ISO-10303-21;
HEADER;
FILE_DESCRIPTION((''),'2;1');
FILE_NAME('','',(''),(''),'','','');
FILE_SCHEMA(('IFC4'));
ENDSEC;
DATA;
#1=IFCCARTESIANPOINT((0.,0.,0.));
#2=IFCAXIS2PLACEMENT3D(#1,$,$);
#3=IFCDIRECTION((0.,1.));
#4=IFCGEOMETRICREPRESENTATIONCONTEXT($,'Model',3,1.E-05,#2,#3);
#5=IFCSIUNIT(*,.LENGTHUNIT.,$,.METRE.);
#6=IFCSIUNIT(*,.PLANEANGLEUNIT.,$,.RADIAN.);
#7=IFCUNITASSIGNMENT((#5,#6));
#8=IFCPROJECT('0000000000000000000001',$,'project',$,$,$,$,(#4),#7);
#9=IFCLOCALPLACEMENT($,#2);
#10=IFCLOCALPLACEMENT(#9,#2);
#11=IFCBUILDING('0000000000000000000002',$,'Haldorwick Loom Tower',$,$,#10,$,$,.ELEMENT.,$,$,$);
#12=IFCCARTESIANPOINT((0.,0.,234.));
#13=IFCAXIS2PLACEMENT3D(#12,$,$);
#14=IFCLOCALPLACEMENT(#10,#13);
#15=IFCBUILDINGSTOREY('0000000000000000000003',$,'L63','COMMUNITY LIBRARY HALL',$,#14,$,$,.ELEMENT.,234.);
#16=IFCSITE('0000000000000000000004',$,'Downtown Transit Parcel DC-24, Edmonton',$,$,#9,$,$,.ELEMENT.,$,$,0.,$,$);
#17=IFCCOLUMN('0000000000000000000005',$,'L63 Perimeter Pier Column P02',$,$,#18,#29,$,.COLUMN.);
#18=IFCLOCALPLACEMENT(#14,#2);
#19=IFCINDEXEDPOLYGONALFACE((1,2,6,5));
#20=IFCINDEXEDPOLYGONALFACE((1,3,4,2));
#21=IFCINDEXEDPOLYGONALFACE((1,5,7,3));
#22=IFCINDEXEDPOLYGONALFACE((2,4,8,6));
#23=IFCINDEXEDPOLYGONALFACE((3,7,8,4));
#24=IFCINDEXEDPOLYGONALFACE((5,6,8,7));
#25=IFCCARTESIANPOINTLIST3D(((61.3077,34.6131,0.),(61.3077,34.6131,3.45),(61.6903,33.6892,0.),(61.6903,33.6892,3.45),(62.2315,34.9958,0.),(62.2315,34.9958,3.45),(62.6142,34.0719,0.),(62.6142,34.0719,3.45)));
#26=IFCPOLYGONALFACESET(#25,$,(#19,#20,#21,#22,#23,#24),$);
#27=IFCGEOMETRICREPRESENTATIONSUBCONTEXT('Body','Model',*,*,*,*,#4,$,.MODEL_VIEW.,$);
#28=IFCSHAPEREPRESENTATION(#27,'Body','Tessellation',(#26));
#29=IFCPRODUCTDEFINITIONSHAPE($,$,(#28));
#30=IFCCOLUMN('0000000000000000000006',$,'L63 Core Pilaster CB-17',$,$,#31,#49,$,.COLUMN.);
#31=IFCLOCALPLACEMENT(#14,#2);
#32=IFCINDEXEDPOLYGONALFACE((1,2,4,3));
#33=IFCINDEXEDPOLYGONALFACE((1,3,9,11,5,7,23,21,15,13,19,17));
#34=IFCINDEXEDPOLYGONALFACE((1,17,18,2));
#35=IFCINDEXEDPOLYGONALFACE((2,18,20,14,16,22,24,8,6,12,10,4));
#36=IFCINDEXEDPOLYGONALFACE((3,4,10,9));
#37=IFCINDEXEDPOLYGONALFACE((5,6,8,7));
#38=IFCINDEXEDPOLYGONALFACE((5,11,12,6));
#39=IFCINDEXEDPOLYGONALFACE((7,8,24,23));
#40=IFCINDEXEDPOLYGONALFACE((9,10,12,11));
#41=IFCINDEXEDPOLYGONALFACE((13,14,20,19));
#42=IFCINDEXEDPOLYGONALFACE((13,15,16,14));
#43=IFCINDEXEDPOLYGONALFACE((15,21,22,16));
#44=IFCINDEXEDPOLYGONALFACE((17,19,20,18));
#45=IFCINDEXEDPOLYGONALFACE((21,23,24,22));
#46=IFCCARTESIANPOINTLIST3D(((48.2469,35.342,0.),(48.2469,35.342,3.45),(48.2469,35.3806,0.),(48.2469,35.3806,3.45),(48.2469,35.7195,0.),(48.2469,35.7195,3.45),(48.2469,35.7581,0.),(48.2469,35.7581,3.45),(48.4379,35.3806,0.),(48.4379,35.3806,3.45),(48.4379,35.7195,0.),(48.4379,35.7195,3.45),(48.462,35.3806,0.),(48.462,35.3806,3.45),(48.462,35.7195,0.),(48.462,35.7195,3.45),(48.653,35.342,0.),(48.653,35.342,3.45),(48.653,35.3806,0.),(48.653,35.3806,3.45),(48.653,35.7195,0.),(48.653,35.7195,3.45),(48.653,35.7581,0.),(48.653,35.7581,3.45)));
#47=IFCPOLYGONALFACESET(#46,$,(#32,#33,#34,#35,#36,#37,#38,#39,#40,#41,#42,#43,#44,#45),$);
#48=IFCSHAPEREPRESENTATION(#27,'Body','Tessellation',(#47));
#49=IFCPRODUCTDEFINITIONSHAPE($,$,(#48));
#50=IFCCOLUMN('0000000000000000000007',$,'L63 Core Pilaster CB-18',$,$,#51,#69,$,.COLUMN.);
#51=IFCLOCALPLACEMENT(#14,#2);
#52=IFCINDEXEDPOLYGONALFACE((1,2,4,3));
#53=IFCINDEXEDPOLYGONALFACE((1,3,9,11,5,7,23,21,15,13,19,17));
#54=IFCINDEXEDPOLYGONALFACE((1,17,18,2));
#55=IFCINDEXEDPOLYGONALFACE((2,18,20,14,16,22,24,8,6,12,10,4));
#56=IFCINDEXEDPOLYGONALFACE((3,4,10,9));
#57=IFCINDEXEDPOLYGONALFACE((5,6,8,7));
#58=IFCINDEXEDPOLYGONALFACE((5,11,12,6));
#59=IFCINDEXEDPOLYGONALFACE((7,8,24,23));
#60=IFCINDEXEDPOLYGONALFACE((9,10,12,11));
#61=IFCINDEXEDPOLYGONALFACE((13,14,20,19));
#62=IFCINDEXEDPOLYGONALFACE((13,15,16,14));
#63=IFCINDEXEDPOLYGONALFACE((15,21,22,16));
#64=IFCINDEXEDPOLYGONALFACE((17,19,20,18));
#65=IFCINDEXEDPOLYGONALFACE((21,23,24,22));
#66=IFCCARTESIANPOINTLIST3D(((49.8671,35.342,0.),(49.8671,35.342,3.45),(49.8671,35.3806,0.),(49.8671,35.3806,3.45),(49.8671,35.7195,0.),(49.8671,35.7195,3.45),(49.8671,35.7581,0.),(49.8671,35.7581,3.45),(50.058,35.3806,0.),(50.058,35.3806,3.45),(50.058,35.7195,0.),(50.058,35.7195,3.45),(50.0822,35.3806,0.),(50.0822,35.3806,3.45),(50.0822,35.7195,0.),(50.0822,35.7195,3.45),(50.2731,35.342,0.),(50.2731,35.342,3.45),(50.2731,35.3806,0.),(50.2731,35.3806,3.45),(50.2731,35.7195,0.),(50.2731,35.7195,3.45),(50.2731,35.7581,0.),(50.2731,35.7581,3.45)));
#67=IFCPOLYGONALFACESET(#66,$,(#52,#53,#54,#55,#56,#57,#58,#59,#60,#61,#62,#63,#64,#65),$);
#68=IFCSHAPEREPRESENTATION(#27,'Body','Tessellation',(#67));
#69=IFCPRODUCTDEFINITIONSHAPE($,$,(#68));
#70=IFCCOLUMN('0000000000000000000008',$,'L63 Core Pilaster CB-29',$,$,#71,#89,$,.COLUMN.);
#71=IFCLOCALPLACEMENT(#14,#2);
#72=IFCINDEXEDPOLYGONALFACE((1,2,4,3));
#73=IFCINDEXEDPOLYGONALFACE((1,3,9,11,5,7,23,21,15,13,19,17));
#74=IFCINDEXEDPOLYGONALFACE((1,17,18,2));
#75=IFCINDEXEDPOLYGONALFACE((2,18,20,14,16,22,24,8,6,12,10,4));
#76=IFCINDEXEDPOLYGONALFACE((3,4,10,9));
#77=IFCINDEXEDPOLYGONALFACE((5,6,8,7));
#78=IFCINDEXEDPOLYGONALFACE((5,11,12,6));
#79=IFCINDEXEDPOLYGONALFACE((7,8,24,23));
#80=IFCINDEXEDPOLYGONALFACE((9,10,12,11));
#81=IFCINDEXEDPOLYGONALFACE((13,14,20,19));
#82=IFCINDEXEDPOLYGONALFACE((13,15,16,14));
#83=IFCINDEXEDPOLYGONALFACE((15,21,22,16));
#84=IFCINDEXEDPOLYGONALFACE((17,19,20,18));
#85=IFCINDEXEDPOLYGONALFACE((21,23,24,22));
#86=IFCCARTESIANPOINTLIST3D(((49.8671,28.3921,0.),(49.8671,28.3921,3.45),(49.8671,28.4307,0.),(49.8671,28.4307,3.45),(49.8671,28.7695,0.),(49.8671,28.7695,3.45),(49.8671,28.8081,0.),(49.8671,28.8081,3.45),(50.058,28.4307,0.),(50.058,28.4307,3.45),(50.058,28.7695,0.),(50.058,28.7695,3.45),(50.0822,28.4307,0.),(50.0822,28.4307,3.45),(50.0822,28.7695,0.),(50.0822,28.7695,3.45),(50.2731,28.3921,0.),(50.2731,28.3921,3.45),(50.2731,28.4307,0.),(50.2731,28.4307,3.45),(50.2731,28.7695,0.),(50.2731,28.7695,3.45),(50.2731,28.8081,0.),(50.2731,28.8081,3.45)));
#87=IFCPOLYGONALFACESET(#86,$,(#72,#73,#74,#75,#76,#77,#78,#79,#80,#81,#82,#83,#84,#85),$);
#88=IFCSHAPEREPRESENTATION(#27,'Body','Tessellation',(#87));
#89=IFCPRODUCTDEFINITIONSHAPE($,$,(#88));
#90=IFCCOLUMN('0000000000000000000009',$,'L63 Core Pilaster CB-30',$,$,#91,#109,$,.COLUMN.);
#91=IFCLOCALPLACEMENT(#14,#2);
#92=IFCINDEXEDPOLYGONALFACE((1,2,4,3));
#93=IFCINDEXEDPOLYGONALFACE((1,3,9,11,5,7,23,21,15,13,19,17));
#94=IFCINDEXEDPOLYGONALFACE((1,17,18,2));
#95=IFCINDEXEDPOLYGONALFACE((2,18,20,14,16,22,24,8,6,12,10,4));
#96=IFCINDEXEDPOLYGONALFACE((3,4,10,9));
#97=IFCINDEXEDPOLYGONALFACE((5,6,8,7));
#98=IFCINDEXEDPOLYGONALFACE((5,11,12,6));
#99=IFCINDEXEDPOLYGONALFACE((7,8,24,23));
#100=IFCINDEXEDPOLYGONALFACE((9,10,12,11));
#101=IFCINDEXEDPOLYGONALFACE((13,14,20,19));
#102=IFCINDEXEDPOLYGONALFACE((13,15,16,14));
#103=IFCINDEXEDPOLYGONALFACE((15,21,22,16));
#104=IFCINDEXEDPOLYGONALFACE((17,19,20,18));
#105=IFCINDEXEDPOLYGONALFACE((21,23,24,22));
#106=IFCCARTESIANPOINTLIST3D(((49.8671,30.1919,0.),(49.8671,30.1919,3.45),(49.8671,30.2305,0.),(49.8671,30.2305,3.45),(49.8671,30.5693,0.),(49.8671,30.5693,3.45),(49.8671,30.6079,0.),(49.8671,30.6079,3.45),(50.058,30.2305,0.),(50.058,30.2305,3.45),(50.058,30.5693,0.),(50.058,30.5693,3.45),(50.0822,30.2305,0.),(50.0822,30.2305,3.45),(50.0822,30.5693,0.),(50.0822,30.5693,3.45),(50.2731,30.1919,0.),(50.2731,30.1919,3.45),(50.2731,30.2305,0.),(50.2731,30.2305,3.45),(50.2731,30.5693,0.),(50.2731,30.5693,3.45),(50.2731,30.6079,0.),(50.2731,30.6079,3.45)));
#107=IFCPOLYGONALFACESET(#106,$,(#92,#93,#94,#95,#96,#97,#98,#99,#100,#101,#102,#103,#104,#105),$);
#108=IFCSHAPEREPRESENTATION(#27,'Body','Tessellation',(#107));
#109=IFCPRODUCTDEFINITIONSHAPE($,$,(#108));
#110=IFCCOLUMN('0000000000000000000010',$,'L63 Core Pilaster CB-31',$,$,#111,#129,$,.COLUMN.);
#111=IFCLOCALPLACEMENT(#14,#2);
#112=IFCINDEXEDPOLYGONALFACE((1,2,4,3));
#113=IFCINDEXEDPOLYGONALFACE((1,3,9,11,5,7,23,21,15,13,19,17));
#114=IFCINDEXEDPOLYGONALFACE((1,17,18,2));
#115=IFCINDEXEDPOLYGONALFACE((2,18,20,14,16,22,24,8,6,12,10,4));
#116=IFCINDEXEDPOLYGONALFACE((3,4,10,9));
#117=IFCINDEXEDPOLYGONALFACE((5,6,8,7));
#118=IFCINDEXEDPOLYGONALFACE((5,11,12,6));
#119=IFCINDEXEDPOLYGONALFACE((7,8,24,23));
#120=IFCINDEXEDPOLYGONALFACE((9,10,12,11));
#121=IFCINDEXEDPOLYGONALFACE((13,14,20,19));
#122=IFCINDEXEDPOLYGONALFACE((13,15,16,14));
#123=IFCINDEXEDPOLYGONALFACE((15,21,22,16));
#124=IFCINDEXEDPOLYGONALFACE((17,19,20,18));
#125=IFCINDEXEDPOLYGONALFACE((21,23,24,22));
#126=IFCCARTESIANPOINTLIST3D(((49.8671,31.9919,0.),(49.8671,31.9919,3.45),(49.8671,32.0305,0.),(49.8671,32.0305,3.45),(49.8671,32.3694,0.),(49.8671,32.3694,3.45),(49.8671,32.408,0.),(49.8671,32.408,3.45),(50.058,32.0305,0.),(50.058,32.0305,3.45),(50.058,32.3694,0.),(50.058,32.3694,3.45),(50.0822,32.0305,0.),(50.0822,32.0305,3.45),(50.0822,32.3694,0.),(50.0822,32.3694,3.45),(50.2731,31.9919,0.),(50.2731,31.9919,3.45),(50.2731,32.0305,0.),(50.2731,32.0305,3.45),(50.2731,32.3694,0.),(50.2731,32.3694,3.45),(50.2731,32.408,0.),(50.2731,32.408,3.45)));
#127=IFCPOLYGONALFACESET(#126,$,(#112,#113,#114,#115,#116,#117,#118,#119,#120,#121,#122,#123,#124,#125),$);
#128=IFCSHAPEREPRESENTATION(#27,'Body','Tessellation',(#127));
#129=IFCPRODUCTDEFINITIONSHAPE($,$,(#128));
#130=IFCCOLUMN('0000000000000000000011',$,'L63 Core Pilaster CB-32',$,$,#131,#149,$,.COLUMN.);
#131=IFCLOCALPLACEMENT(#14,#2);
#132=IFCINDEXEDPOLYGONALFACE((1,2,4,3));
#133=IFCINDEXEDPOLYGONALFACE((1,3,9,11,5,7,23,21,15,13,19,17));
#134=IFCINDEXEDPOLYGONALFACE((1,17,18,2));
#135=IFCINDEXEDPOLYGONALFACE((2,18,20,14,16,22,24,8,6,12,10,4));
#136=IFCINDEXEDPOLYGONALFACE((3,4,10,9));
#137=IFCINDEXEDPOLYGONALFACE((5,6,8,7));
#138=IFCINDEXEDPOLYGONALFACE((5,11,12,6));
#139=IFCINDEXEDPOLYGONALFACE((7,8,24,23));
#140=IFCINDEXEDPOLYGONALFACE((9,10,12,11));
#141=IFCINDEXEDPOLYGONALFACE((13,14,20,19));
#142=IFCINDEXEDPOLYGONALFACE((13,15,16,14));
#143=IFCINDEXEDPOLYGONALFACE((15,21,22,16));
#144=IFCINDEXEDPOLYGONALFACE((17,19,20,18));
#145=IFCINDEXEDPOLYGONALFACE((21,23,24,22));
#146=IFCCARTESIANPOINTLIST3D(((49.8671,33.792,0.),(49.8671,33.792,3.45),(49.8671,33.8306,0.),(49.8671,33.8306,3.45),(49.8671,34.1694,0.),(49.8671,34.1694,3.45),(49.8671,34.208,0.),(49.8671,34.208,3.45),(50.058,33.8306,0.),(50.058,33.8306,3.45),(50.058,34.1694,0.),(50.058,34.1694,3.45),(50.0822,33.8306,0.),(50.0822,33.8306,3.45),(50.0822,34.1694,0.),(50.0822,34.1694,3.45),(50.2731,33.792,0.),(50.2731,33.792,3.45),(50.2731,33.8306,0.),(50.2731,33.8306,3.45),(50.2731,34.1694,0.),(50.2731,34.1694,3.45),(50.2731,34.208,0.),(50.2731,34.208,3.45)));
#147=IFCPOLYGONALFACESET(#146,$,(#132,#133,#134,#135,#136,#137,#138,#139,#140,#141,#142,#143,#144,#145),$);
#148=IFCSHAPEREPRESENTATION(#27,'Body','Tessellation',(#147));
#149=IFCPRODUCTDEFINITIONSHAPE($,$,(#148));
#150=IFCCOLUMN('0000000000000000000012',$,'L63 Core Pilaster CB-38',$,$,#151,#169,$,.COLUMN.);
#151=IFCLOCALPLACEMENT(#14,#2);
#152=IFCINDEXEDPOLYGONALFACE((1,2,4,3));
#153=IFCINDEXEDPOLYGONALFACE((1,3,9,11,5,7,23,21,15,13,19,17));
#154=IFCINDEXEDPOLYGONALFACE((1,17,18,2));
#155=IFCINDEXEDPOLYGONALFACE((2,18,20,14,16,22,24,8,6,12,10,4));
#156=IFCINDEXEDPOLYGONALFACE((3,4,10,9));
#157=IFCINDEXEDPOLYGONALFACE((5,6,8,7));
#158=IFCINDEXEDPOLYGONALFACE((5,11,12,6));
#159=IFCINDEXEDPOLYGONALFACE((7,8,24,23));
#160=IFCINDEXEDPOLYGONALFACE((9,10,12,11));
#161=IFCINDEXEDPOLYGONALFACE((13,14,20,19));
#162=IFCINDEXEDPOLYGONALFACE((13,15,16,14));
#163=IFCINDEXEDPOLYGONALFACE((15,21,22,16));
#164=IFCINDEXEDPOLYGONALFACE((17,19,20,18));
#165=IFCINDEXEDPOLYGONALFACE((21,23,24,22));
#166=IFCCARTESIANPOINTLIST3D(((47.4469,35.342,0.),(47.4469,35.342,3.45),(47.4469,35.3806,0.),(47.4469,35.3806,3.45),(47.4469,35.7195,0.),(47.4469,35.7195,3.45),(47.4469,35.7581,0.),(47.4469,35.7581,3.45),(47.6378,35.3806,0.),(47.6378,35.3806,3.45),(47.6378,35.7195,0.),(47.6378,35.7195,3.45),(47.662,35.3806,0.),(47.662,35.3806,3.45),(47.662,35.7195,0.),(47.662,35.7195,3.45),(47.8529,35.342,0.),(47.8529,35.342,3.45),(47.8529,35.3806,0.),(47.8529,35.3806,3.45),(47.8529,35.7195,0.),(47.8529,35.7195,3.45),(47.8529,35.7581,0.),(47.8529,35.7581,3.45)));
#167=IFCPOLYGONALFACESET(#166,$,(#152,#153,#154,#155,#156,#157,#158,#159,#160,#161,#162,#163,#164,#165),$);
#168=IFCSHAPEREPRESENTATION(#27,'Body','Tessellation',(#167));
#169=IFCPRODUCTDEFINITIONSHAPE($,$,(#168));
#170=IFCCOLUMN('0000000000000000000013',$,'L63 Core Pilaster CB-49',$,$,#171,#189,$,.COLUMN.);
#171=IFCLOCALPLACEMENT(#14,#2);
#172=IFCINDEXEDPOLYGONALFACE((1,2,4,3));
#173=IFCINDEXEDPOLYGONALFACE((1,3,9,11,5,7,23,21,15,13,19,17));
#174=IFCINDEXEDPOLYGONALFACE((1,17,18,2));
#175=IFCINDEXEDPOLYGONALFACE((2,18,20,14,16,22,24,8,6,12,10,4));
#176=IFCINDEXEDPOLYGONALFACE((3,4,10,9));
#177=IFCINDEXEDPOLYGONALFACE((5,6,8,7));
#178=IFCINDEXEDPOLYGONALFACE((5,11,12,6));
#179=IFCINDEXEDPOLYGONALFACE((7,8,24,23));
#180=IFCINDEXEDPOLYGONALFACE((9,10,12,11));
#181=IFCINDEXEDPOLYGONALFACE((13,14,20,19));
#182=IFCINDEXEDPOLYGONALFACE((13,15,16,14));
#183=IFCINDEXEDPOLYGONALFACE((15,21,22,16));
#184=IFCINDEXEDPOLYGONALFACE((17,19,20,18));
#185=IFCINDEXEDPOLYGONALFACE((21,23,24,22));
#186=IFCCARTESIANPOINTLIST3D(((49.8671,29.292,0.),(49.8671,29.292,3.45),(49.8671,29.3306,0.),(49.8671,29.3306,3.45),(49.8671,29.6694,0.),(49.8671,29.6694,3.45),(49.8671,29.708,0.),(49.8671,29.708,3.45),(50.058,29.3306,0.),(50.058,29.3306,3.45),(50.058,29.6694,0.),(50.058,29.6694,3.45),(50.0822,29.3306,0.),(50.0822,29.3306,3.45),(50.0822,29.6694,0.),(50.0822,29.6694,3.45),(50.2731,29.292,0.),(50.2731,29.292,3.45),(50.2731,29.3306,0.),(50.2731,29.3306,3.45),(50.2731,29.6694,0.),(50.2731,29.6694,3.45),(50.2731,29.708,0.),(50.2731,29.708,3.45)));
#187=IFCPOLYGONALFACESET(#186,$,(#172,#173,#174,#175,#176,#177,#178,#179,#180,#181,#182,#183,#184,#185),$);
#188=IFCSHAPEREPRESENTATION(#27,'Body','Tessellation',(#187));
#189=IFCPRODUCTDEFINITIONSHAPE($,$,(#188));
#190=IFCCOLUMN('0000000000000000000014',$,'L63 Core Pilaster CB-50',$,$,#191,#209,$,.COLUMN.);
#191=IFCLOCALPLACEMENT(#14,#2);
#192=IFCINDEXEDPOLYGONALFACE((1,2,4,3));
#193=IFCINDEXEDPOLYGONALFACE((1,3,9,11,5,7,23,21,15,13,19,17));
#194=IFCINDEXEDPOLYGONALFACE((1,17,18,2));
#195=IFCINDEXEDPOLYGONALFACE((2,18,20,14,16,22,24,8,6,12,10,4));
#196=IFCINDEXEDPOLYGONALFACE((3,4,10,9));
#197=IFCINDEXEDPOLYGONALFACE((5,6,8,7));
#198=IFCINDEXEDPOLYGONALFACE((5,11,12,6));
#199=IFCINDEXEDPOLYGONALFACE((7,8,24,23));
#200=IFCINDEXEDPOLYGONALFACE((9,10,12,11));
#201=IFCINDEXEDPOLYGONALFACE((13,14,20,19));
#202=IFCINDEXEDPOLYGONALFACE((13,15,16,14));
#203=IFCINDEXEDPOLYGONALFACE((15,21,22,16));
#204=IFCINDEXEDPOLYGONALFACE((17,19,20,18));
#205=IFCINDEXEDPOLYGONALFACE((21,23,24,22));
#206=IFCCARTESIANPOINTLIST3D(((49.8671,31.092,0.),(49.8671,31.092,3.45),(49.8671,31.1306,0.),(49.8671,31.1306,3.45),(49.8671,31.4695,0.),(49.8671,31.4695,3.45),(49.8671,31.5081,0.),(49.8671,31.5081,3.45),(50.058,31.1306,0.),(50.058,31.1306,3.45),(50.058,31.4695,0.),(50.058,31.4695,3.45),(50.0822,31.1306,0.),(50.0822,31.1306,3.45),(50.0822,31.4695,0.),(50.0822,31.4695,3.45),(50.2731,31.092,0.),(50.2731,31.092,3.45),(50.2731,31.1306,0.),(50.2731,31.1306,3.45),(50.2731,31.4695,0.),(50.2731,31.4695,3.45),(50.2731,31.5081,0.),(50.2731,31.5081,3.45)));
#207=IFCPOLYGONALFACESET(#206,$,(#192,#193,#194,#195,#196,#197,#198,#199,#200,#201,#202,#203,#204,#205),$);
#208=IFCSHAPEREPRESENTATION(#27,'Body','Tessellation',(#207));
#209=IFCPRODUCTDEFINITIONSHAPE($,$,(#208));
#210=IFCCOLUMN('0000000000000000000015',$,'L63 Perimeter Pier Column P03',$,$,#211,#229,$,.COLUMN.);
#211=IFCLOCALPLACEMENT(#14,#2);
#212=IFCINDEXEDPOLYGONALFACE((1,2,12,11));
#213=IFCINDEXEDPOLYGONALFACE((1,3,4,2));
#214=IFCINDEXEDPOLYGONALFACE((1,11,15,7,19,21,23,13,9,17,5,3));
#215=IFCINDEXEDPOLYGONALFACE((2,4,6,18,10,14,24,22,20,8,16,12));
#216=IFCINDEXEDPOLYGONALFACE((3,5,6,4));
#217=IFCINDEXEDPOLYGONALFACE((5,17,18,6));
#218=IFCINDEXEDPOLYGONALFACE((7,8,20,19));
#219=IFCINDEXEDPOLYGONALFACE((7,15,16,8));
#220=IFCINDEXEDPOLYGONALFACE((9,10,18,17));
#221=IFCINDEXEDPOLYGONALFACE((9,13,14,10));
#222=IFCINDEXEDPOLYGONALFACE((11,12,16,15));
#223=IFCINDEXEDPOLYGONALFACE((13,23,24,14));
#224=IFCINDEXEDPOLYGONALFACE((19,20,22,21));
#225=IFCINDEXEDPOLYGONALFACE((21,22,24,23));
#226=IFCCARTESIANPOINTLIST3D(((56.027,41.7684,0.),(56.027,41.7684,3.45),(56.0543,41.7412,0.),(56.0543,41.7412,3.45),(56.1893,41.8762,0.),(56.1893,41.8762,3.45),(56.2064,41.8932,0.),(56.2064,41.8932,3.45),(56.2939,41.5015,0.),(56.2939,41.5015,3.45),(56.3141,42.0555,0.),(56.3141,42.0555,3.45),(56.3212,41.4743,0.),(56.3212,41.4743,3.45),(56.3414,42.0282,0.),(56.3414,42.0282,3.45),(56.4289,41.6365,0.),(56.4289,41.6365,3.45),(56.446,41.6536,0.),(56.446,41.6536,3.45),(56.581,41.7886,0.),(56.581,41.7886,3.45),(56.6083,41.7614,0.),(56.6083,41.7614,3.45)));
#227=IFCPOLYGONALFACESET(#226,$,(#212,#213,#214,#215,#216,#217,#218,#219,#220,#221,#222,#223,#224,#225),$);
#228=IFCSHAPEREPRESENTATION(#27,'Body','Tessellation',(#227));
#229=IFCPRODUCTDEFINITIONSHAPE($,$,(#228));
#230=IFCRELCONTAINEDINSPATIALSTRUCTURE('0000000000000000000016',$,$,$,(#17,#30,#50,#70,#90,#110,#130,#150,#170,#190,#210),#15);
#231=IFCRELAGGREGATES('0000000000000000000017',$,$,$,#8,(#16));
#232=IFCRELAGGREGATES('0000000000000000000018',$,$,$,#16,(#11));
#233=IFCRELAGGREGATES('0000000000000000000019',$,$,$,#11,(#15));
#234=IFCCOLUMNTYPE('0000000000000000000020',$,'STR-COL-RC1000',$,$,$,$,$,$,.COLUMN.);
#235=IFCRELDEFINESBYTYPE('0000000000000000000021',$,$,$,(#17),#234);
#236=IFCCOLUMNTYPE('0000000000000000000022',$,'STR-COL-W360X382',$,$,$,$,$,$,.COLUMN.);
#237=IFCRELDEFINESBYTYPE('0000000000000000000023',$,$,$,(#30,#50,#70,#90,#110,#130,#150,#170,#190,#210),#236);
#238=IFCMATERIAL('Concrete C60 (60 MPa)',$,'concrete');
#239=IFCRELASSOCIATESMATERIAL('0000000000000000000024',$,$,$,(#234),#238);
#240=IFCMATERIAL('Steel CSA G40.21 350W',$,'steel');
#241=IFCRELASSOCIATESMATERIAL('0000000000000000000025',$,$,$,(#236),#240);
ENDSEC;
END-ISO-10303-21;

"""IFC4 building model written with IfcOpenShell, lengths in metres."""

from ifc_helpers import new_model, si_unit, direction, frame, origin, origin_2d, place, context, subcontext, project, spatial, rectangle, i_section, extrude, material, material_profile, profile_set, type_object, element, save


model = new_model("IFC4")

# Units and contexts
model_context = context("Model", 3, precision=1e-05, world=origin(), true_north=direction((0.0, 1.0)))
body_context = subcontext(model_context, "Body", "Model", "MODEL_VIEW")
ifc_project = project(units=[si_unit("LENGTHUNIT", "METRE"), si_unit("PLANEANGLEUNIT", "RADIAN")], contexts=[model_context])

# Site, building, storey
site_placement = place(None, origin())
site = spatial("IfcSite", under=ifc_project, at=site_placement, Name="Downtown Transit Parcel DC-24, Edmonton", CompositionType="ELEMENT", RefElevation=0.0)
building_placement = place(site_placement, origin())
building = spatial("IfcBuilding", under=site, at=building_placement, Name="Haldorwick Loom Tower", CompositionType="ELEMENT")
storey_placement = place(building_placement, frame((0.0, 0.0, 234.0)))
storey = spatial("IfcBuildingStorey", under=building, at=storey_placement, Name="L63", Description="COMMUNITY LIBRARY HALL", CompositionType="ELEMENT", Elevation=234.0)

# Columns
ifc_material_1 = material(Name="Concrete C60 (60 MPa)", Category="concrete")
ifc_material_profile_1 = material_profile(ifc_material_1, rectangle(XDim=1.0, YDim=1.0, at=origin_2d()), Name="RC1000X1000", Category="concrete")
ifc_profile_set_1 = profile_set([ifc_material_profile_1], Name="Concrete C60 (60 MPa)")
column_type_1 = type_object("IfcColumnType", Name="STR-COL-RC1000", PredefinedType="COLUMN", material=ifc_profile_set_1)
column_placement = place(storey_placement, frame((61.9609, 34.3425, 0.0), z_axis=(0.0, 0.0, 1.0), x_axis=(0.92388, 0.382683, 0.0)))
element("IfcColumn", 1, at=column_placement, inside=storey, type_object=column_type_1, Name="L63 Perimeter Pier Column P02", PredefinedType="COLUMN", context=body_context, shape_type="SweptSolid", body=[
    extrude(rectangle(XDim=1.0, YDim=1.0, at=origin_2d()), origin(), (0.0, 0.0, 1.0), 3.45),
])
ifc_material_2 = material(Name="Steel CSA G40.21 350W", Category="steel")
ifc_material_profile_2 = material_profile(ifc_material_2, i_section(OverallWidth=0.406, OverallDepth=0.416, WebThickness=0.0242, FlangeThickness=0.0386, at=origin_2d()), Name="W360X382", Category="steel")
ifc_profile_set_2 = profile_set([ifc_material_profile_2], Name="Steel CSA G40.21 350W")
column_type_2 = type_object("IfcColumnType", Name="STR-COL-W360X382", PredefinedType="COLUMN", material=ifc_profile_set_2)
for number, where, z_axis, x_axis, name in (
    (2, (48.45, 35.55, 0.0), (0.0, 0.0, 1.0), (1.0, 0.0, 0.0), "L63 Core Pilaster CB-17"),
    (3, (50.0701, 35.55, 0.0), (0.0, 0.0, 1.0), (1.0, 0.0, 0.0), "L63 Core Pilaster CB-18"),
    (4, (50.0701, 28.6001, 0.0), (0.0, 0.0, 1.0), (1.0, 0.0, 0.0), "L63 Core Pilaster CB-29"),
    (5, (50.0701, 30.3999, 0.0), (0.0, 0.0, 1.0), (1.0, 0.0, 0.0), "L63 Core Pilaster CB-30"),
    (6, (50.0701, 32.2, 0.0), (0.0, 0.0, 1.0), (1.0, 0.0, 0.0), "L63 Core Pilaster CB-31"),
    (7, (50.0701, 34.0, 0.0), (0.0, 0.0, 1.0), (1.0, 0.0, 0.0), "L63 Core Pilaster CB-32"),
    (8, (47.6499, 35.55, 0.0), (0.0, 0.0, 1.0), (1.0, 0.0, 0.0), "L63 Core Pilaster CB-38"),
    (9, (50.0701, 29.5, 0.0), (0.0, 0.0, 1.0), (1.0, 0.0, 0.0), "L63 Core Pilaster CB-49"),
    (10, (50.0701, 31.3, 0.0), (0.0, 0.0, 1.0), (1.0, 0.0, 0.0), "L63 Core Pilaster CB-50"),
    (11, (56.3176, 41.7649, 0.0), (0.0, 0.0, 1.0), (0.707107, 0.707107, 0.0), "L63 Perimeter Pier Column P03"),
):
    element("IfcColumn", number, at=place(storey_placement, frame(where, z_axis=z_axis, x_axis=x_axis)), inside=storey, type_object=column_type_2, Name=name, PredefinedType="COLUMN", context=body_context, shape_type="SweptSolid", body=[
        extrude(i_section(OverallWidth=0.406, OverallDepth=0.416, WebThickness=0.0242, FlangeThickness=0.0386, at=origin_2d()), origin(), (0.0, 0.0, 1.0), 3.45),
    ])

save(model, "model.ifc")
